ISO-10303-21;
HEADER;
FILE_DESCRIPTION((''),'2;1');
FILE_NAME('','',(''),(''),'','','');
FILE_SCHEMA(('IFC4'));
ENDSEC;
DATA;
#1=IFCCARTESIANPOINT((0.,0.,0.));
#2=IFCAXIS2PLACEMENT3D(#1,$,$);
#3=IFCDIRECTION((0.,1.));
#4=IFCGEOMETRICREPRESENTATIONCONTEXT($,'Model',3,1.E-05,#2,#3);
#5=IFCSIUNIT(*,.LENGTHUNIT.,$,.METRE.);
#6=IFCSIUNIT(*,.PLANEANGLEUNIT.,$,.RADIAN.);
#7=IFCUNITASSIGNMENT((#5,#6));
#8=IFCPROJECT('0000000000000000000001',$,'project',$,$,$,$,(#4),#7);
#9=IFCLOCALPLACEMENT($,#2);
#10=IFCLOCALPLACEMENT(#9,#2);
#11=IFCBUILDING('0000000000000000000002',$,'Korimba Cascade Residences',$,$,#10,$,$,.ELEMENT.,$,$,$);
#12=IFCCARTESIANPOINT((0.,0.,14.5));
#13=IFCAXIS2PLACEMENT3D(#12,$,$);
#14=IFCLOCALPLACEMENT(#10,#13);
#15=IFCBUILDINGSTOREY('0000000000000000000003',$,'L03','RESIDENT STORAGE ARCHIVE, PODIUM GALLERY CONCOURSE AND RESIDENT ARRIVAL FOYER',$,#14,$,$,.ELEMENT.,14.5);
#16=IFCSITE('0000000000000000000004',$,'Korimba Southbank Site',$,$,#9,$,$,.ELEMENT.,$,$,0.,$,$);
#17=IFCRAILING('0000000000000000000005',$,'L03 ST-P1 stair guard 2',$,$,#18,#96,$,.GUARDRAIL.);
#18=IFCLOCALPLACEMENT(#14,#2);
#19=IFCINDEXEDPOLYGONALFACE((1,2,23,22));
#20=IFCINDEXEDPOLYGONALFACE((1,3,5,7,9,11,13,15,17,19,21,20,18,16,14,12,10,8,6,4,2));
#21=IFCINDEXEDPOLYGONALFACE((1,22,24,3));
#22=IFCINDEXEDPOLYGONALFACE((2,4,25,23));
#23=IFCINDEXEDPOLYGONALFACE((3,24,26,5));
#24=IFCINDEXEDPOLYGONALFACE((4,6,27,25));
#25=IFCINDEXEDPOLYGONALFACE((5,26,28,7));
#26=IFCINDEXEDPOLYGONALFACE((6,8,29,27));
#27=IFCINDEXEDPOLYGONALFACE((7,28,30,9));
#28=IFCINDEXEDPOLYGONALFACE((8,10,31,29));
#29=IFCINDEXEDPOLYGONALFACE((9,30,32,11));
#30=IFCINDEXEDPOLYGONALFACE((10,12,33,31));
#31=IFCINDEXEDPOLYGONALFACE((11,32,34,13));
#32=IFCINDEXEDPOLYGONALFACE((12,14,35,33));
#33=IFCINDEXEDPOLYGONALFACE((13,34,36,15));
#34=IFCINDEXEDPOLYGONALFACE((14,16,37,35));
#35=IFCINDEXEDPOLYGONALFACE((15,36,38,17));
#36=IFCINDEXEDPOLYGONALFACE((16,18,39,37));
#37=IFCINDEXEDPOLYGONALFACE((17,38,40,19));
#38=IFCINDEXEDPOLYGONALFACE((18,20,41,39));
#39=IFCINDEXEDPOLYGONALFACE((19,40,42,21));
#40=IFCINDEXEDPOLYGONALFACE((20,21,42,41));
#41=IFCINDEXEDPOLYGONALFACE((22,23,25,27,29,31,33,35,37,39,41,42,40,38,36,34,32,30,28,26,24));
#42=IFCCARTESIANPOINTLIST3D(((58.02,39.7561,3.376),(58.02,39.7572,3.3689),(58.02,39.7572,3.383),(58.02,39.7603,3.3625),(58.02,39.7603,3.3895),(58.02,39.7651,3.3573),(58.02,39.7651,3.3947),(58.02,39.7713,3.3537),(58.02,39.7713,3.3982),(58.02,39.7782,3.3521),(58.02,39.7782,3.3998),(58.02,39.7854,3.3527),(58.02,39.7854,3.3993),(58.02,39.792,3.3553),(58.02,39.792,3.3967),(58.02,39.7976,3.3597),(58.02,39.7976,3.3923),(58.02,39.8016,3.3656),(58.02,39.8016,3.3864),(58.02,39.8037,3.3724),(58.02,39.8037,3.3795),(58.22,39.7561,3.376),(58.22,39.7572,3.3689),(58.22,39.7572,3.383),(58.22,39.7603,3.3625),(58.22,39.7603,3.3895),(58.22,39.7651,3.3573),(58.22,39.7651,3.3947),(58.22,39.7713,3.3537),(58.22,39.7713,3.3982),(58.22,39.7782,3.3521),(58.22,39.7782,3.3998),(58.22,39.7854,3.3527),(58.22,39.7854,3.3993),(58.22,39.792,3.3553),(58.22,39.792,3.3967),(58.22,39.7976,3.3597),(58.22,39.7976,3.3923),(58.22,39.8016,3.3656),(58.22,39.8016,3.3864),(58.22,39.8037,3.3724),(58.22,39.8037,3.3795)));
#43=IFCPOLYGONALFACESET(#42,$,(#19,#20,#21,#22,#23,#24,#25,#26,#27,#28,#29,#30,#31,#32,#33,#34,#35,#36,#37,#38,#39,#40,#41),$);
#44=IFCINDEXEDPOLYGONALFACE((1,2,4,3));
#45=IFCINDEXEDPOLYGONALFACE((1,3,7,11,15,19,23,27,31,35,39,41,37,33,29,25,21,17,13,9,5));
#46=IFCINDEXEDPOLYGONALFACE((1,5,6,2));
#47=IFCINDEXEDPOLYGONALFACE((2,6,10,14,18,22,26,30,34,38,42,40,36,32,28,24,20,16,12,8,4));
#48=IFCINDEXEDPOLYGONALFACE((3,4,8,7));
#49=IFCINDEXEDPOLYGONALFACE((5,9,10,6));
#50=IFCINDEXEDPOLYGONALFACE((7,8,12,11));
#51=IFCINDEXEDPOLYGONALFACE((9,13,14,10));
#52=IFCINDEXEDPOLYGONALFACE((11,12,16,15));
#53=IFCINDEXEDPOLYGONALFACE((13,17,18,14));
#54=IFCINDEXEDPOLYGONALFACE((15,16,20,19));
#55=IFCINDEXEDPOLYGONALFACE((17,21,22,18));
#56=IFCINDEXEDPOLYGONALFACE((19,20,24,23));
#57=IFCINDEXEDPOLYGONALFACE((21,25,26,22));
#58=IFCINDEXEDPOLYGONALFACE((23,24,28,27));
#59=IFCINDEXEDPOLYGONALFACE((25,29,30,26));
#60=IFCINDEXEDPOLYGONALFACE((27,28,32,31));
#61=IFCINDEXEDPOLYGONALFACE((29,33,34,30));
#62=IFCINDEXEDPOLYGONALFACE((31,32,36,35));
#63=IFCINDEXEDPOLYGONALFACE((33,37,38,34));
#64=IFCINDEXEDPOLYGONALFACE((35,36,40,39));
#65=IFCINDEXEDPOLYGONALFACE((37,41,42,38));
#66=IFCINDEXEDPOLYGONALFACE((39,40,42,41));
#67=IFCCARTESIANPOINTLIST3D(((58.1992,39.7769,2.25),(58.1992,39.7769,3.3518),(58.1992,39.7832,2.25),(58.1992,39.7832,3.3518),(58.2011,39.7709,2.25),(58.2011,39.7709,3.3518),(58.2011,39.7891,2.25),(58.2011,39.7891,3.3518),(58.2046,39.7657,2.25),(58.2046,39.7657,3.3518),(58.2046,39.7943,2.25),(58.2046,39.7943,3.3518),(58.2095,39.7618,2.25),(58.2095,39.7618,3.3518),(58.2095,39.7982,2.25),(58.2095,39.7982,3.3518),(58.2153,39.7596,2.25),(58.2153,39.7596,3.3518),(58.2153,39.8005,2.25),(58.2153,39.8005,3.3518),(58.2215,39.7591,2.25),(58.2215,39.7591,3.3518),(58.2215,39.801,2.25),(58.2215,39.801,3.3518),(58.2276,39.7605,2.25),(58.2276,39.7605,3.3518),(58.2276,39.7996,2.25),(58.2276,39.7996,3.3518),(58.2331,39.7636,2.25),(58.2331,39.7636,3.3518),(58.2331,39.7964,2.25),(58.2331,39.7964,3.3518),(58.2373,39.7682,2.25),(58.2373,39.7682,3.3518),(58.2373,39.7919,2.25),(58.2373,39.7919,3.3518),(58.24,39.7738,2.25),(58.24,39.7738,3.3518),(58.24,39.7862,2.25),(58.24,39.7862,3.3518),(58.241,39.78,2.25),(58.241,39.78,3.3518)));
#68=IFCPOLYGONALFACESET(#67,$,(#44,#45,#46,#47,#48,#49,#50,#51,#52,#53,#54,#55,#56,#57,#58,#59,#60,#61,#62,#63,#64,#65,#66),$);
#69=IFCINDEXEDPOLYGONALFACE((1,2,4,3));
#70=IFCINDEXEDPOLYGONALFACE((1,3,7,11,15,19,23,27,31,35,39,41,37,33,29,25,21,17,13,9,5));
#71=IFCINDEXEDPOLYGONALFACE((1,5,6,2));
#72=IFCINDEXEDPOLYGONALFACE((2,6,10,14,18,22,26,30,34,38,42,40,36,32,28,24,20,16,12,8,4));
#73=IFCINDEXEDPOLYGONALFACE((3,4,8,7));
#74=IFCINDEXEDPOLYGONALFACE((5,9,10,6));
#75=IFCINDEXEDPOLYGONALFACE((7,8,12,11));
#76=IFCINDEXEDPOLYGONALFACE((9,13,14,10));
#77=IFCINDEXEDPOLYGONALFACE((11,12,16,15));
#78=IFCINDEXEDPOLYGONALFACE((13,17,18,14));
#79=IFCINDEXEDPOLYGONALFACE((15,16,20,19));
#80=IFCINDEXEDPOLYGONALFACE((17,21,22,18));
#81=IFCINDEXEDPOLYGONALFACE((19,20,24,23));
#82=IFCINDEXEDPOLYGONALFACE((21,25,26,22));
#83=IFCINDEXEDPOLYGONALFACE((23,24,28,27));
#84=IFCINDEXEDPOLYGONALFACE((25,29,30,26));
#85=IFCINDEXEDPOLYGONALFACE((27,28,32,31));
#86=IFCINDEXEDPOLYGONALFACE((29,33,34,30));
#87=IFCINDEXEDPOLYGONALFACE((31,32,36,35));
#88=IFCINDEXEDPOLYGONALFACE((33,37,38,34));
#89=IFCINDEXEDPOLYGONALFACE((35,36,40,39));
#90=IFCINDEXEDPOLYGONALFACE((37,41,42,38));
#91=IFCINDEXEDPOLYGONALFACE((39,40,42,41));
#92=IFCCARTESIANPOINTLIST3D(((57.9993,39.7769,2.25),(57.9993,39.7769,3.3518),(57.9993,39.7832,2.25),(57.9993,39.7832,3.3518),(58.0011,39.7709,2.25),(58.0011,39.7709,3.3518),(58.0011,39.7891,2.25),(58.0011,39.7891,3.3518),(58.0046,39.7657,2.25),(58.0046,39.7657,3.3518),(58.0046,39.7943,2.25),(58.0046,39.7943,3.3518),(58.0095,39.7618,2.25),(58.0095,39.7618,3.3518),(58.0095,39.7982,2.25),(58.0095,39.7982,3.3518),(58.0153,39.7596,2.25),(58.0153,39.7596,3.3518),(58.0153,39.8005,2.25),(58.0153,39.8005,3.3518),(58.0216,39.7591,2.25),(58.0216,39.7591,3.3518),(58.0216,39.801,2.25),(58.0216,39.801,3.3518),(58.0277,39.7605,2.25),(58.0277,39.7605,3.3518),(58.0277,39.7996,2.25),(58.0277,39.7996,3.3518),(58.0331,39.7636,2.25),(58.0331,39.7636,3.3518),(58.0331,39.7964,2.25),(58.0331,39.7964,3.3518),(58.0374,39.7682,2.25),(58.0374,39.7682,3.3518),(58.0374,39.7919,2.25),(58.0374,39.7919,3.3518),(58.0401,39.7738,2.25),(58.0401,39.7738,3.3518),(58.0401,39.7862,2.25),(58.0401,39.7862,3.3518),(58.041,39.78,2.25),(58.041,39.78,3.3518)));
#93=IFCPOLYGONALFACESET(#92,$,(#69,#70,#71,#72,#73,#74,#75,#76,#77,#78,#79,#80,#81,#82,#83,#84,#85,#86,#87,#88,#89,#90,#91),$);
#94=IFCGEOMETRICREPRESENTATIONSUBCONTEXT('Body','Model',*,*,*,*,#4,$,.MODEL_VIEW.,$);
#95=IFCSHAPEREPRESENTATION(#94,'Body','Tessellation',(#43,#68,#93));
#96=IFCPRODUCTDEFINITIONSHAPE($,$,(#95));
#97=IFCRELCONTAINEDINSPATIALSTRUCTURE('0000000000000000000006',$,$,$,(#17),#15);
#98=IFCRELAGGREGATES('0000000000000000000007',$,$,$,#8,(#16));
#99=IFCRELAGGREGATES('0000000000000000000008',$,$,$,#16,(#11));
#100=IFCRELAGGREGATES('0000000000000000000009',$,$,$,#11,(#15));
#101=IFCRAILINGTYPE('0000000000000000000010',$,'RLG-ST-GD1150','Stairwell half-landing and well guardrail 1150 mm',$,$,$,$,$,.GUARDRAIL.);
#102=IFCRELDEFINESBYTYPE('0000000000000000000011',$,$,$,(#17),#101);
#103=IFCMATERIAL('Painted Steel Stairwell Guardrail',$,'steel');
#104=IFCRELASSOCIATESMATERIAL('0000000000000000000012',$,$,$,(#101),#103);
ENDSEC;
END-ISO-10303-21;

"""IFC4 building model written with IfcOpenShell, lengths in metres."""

from ifc_helpers import new_model, si_unit, direction, frame, origin, origin_2d, place, context, subcontext, project, spatial, circle, extrude, material, type_object, element, save


model = new_model("IFC4")

# Units and contexts
model_context = context("Model", 3, precision=1e-05, world=origin(), true_north=direction((0.0, 1.0)))
body_context = subcontext(model_context, "Body", "Model", "MODEL_VIEW")
ifc_project = project(units=[si_unit("LENGTHUNIT", "METRE"), si_unit("PLANEANGLEUNIT", "RADIAN")], contexts=[model_context])

# Site, building, storey
site_placement = place(None, origin())
site = spatial("IfcSite", under=ifc_project, at=site_placement, Name="Korimba Southbank Site", CompositionType="ELEMENT", RefElevation=0.0)
building_placement = place(site_placement, origin())
building = spatial("IfcBuilding", under=site, at=building_placement, Name="Korimba Cascade Residences", CompositionType="ELEMENT")
storey_placement = place(building_placement, frame((0.0, 0.0, 14.5)))
storey = spatial("IfcBuildingStorey", under=building, at=storey_placement, Name="L03", Description="RESIDENT STORAGE ARCHIVE, PODIUM GALLERY CONCOURSE AND RESIDENT ARRIVAL FOYER", CompositionType="ELEMENT", Elevation=14.5)

# Railing
ifc_material_1 = material(Name="Painted Steel Stairwell Guardrail", Category="steel")
railing_type_1 = type_object("IfcRailingType", Name="RLG-ST-GD1150", Description="Stairwell half-landing and well guardrail 1150 mm", PredefinedType="GUARDRAIL", material=ifc_material_1)
railing_1_placement = place(storey_placement, frame((58.22, 39.78, 2.25)))
element("IfcRailing", 1, at=railing_1_placement, inside=storey, type_object=railing_type_1, Name="L03 ST-P1 stair guard 2", PredefinedType="GUARDRAIL", context=body_context, shape_type="SweptSolid", body=[
    extrude(circle(Radius=0.0239, at=origin_2d()), frame((0.0, 0.0, 1.126), z_axis=(-1.0, 0.0, 0.0), x_axis=(0.0, -1.0, 0.0)), (0.0, 0.0, 1.0), 0.2),
    extrude(circle(Radius=0.021, at=origin_2d()), origin(), (0.0, 0.0, 1.0), 1.1018),
    extrude(circle(Radius=0.021, at=origin_2d()), frame((-0.2, 0.0, 0.0)), (0.0, 0.0, 1.0), 1.1018),
])

save(model, "model.ifc")
